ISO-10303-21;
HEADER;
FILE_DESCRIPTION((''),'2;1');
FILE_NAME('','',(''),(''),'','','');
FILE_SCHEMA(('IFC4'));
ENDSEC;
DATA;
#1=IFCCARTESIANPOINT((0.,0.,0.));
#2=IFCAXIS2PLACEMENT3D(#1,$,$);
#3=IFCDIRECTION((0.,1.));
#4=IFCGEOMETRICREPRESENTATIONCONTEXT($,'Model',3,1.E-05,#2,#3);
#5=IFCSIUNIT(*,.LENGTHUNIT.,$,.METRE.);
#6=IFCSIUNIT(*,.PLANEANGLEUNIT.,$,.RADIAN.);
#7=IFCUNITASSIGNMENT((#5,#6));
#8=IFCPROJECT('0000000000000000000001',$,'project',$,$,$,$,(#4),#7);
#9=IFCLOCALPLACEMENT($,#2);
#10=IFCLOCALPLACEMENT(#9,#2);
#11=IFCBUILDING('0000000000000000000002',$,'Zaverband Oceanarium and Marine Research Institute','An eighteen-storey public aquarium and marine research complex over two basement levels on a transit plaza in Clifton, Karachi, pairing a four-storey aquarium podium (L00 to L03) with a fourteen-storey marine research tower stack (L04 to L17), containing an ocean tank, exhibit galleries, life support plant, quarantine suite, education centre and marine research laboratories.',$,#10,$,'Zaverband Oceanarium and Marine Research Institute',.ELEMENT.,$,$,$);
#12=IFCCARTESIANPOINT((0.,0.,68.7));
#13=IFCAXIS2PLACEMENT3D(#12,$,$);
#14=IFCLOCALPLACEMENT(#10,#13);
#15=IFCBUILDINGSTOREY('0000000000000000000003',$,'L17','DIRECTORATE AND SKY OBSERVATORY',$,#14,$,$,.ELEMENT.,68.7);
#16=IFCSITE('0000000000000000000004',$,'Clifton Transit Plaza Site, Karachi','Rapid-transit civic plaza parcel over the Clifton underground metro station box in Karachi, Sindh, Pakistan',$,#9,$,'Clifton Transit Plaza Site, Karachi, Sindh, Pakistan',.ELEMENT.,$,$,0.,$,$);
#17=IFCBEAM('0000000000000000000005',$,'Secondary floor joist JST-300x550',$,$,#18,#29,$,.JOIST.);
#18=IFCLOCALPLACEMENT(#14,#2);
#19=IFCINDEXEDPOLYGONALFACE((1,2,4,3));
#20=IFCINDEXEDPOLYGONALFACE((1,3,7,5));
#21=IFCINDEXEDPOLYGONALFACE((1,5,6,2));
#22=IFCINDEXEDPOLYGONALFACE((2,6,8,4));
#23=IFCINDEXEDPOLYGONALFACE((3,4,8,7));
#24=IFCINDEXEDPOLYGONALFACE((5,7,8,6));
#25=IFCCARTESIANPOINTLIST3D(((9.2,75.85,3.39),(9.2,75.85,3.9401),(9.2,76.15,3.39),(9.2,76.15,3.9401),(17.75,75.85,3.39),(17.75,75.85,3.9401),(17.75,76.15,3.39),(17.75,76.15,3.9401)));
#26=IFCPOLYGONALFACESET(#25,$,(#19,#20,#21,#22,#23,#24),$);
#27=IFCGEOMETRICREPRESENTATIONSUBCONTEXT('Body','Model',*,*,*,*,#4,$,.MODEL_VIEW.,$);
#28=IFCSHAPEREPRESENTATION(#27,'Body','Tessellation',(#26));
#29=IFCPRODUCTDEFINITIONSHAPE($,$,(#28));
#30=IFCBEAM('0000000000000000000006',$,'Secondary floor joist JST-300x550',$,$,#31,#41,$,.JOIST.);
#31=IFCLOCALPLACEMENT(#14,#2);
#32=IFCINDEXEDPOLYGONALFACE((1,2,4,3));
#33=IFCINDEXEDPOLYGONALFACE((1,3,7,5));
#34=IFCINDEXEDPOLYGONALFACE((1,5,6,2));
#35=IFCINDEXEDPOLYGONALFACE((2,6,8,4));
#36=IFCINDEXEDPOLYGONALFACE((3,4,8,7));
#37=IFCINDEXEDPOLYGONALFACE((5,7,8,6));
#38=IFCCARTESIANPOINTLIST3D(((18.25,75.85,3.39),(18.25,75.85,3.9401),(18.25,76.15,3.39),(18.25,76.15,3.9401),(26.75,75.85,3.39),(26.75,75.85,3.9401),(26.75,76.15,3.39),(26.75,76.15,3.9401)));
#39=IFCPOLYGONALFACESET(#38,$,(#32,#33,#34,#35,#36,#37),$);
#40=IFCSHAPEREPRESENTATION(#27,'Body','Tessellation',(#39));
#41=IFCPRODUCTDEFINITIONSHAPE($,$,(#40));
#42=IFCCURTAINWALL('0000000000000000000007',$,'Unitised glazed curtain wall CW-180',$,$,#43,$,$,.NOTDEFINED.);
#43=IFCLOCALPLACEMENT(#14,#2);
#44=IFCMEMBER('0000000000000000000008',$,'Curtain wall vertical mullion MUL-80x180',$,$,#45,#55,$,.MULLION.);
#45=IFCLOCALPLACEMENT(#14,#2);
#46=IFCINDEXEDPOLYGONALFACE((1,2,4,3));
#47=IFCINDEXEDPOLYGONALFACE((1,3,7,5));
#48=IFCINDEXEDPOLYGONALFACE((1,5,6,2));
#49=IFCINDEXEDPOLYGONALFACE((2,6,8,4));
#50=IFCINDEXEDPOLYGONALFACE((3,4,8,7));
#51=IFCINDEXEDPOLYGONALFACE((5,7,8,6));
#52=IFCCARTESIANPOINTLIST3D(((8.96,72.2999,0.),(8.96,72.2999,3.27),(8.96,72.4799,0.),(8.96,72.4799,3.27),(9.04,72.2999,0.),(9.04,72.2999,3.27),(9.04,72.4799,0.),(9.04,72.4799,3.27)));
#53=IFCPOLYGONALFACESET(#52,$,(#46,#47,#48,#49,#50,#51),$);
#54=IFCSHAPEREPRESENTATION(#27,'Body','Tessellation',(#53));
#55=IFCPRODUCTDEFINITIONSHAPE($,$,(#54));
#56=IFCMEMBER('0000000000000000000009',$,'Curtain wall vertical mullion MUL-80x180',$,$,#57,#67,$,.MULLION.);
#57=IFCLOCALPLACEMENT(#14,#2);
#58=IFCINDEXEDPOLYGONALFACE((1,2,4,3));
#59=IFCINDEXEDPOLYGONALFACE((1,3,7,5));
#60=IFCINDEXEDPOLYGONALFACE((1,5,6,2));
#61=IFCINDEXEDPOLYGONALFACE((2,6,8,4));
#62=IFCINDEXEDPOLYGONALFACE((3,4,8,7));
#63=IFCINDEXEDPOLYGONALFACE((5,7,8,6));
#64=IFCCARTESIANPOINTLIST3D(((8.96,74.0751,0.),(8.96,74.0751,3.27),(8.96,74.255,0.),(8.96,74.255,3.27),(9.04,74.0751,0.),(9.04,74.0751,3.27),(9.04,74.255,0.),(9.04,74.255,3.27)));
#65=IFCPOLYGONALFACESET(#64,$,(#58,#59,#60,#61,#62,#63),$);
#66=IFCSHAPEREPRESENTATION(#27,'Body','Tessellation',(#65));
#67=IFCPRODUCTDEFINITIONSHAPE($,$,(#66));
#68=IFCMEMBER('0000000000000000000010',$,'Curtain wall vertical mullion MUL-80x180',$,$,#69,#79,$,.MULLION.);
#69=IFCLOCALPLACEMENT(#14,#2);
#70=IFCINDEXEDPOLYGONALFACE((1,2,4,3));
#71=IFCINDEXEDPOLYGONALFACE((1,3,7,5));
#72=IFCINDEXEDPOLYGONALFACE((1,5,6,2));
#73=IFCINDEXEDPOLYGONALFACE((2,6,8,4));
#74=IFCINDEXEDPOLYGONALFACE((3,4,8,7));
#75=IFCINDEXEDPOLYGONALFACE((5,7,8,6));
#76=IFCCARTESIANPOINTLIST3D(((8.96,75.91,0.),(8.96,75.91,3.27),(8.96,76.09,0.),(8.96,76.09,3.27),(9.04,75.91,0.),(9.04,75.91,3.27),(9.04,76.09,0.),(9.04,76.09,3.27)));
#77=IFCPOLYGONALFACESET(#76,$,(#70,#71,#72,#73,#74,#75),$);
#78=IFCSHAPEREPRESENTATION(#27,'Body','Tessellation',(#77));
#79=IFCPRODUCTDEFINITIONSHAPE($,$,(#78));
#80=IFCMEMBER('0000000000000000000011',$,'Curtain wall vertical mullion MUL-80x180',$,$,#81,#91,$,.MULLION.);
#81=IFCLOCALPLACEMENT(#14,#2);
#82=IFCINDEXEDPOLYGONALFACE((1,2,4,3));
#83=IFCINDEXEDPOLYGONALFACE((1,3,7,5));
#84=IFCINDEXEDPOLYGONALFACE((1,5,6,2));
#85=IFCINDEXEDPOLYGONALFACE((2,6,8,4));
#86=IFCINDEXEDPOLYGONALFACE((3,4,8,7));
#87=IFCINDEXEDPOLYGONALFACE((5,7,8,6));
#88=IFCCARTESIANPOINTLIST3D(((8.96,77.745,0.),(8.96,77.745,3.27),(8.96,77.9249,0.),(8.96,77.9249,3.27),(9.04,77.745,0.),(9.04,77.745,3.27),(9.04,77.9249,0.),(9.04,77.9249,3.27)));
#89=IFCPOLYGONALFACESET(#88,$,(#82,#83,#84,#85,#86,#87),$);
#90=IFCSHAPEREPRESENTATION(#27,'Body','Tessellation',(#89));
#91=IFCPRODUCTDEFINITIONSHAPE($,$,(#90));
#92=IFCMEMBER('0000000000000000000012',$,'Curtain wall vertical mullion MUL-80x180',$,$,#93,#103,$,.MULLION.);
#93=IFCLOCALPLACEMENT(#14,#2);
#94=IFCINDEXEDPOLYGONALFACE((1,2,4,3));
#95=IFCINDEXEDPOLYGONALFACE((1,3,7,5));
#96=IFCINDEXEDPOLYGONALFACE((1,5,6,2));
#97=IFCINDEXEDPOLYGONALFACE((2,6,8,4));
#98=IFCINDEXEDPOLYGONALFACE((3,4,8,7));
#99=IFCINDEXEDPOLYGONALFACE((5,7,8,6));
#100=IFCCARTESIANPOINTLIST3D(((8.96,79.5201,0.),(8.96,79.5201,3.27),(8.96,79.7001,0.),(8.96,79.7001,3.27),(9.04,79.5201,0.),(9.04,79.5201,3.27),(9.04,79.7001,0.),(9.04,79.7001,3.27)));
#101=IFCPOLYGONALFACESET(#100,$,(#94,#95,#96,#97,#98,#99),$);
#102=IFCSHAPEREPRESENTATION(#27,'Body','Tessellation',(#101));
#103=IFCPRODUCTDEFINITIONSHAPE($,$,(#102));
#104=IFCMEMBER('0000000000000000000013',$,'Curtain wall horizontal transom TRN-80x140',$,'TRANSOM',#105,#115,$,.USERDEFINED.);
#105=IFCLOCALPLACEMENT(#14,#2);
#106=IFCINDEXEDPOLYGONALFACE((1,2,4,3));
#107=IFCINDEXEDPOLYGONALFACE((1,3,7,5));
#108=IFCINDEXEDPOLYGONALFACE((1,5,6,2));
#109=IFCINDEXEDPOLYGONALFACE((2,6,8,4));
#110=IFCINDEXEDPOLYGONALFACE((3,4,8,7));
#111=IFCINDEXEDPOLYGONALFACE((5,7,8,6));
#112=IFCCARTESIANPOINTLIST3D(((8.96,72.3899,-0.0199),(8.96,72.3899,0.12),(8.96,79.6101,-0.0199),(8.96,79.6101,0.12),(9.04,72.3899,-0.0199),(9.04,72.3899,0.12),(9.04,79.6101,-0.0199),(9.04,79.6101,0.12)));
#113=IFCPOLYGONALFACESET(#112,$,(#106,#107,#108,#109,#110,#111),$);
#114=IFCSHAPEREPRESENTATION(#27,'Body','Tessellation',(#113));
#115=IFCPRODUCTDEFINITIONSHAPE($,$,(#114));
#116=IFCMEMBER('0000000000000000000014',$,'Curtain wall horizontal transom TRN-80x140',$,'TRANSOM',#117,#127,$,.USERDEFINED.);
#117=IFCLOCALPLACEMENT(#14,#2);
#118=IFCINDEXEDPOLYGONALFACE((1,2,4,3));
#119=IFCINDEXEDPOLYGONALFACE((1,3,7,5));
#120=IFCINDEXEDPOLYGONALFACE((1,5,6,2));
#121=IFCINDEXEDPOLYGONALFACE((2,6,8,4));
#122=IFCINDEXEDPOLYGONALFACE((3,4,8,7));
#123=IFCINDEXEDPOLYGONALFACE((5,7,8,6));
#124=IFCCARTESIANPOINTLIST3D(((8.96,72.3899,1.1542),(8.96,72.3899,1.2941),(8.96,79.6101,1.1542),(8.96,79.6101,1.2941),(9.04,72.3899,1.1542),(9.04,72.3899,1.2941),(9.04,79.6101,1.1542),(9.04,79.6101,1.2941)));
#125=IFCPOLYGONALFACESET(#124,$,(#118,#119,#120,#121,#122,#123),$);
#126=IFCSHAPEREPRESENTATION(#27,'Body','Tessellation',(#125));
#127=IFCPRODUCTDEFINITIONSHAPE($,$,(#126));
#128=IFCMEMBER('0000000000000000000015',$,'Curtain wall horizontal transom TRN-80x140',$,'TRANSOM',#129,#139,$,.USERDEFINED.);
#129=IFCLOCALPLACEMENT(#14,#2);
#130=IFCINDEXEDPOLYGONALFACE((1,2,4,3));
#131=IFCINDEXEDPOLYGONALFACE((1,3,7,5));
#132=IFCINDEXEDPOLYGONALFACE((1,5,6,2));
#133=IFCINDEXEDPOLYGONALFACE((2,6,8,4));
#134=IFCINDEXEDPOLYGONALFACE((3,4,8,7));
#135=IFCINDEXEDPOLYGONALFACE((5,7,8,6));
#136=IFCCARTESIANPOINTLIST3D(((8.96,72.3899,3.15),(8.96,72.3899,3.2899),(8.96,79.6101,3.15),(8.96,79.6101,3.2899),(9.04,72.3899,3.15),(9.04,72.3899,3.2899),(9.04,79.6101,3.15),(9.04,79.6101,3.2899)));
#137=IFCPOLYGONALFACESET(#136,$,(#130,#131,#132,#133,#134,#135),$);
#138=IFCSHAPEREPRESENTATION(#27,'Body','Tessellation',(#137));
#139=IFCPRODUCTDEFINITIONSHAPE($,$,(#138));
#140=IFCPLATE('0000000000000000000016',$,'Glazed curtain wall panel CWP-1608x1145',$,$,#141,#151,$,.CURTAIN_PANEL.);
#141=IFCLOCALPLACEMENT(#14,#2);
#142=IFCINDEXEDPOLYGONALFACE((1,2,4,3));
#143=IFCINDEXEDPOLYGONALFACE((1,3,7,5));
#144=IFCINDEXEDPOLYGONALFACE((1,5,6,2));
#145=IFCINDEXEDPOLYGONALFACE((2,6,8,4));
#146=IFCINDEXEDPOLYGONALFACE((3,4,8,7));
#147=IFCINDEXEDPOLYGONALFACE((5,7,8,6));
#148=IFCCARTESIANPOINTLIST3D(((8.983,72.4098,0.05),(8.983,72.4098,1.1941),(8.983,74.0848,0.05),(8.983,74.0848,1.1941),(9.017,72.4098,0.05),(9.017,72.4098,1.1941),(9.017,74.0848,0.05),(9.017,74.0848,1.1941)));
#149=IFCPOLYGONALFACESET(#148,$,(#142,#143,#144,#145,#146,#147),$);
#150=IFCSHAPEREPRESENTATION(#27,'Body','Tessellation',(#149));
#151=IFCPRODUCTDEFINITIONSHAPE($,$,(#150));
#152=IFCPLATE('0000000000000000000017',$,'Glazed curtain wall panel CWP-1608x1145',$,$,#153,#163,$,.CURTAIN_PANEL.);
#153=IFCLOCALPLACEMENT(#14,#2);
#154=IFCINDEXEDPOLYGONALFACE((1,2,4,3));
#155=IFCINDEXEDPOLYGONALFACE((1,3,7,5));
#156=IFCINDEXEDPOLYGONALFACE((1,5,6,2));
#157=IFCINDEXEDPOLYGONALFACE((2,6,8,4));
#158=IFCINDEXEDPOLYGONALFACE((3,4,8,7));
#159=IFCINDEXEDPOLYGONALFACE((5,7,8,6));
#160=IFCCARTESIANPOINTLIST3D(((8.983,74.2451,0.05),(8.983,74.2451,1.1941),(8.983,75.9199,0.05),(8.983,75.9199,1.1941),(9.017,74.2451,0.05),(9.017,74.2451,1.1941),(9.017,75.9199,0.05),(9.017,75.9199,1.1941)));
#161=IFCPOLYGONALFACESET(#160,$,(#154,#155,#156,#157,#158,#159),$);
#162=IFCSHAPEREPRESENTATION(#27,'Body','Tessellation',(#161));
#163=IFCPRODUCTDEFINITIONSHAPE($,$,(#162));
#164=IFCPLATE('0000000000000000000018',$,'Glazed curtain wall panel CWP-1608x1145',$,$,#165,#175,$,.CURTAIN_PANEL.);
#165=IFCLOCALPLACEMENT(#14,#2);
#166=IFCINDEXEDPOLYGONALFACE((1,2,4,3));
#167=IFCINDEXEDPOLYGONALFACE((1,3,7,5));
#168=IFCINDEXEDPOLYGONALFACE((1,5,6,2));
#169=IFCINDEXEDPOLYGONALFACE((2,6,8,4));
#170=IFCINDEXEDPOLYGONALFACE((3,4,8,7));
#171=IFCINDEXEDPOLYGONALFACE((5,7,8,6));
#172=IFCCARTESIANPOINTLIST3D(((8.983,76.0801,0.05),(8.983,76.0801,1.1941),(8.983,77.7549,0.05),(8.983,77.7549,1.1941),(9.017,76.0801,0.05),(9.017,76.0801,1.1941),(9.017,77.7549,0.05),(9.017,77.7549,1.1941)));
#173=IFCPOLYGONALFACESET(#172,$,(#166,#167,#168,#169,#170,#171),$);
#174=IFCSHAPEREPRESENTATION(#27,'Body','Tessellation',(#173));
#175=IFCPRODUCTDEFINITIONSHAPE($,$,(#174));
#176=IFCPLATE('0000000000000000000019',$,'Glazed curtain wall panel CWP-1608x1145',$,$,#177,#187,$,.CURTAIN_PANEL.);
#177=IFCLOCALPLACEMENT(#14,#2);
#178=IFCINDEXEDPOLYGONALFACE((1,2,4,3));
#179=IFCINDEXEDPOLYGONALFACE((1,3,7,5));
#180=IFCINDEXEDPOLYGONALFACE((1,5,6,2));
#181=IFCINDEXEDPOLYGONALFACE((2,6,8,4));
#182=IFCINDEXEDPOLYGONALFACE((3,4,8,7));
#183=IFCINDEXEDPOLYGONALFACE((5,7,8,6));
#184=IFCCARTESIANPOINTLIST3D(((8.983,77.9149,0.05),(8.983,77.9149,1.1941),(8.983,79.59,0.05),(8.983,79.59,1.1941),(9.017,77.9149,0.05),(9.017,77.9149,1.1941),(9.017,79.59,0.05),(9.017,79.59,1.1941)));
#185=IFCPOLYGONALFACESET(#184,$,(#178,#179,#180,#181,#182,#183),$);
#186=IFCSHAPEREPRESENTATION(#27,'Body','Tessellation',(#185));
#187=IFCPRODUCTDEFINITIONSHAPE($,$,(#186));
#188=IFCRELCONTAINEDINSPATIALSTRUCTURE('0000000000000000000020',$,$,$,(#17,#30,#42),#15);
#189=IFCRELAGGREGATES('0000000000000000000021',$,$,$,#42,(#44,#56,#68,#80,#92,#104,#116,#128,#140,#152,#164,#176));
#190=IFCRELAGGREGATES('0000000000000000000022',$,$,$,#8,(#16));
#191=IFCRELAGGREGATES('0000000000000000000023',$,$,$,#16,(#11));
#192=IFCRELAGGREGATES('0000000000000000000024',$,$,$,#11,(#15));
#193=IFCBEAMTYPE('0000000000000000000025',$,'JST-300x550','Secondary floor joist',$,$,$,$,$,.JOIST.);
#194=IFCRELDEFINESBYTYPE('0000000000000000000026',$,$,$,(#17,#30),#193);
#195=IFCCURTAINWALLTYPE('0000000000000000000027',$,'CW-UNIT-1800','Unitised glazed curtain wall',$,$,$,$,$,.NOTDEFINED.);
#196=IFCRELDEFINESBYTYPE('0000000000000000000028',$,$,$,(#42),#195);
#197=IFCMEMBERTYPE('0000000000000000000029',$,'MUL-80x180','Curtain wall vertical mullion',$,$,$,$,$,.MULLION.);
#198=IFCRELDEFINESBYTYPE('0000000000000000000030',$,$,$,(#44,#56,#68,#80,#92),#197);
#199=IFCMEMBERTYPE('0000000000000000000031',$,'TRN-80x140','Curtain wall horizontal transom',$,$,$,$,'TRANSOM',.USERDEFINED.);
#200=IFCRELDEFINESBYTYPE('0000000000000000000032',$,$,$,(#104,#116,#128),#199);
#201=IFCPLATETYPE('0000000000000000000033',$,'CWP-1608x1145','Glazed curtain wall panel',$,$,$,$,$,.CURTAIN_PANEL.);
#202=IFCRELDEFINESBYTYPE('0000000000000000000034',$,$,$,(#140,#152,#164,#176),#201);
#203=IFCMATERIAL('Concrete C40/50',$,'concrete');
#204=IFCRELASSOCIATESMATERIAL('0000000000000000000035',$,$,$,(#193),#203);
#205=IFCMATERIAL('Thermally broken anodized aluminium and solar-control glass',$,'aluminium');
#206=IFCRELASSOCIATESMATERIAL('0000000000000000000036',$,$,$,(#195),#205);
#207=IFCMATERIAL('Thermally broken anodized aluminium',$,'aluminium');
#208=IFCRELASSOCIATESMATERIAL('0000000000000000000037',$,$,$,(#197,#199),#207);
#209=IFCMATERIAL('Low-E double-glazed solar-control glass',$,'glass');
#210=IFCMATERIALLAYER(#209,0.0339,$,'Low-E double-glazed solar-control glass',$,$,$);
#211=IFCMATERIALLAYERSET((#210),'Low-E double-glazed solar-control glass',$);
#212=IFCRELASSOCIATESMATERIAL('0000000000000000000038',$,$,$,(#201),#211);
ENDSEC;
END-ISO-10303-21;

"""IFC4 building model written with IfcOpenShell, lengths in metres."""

from ifc_helpers import new_model, si_unit, direction, frame, frame_2d, origin, origin_2d, place, context, subcontext, project, spatial, rectangle, extrude, material, layer, layer_set, material_profile, profile_set, type_object, element, aggregate, save


model = new_model("IFC4")

# Units and contexts
model_context = context("Model", 3, precision=1e-05, world=origin(), true_north=direction((0.0, 1.0)))
body_context = subcontext(model_context, "Body", "Model", "MODEL_VIEW")
ifc_project = project(units=[si_unit("LENGTHUNIT", "METRE"), si_unit("PLANEANGLEUNIT", "RADIAN")], contexts=[model_context])

# Site, building, storey
site_placement = place(None, origin())
site = spatial("IfcSite", under=ifc_project, at=site_placement, Name="Clifton Transit Plaza Site, Karachi", Description="Rapid-transit civic plaza parcel over the Clifton underground metro station box in Karachi, Sindh, Pakistan", LongName="Clifton Transit Plaza Site, Karachi, Sindh, Pakistan", CompositionType="ELEMENT", RefElevation=0.0)
building_placement = place(site_placement, origin())
building = spatial("IfcBuilding", under=site, at=building_placement, Name="Zaverband Oceanarium and Marine Research Institute", Description="An eighteen-storey public aquarium and marine research complex over two basement levels on a transit plaza in Clifton, Karachi, pairing a four-storey aquarium podium (L00 to L03) with a fourteen-storey marine research tower stack (L04 to L17), containing an ocean tank, exhibit galleries, life support plant, quarantine suite, education centre and marine research laboratories.", LongName="Zaverband Oceanarium and Marine Research Institute", CompositionType="ELEMENT")
storey_placement = place(building_placement, frame((0.0, 0.0, 68.7)))
storey = spatial("IfcBuildingStorey", under=building, at=storey_placement, Name="L17", Description="DIRECTORATE AND SKY OBSERVATORY", CompositionType="ELEMENT", Elevation=68.7)

# Beams
ifc_material_1 = material(Name="Concrete C40/50", Category="concrete")
ifc_material_profile_1 = material_profile(ifc_material_1, rectangle(XDim=0.3, YDim=0.55, at=origin_2d()), Name="RC300x550")
ifc_profile_set_1 = profile_set([ifc_material_profile_1], Name="Concrete C40/50")
beam_type = type_object("IfcBeamType", Name="JST-300x550", Description="Secondary floor joist", PredefinedType="JOIST", material=ifc_profile_set_1)
beam_1_placement = place(storey_placement, frame((9.2, 76.0, 3.665), z_axis=(1.0, 0.0, 0.0), x_axis=(0.0, 1.0, 0.0)))
element("IfcBeam", 1, at=beam_1_placement, inside=storey, type_object=beam_type, Name="Secondary floor joist JST-300x550", PredefinedType="JOIST", context=body_context, shape_type="SweptSolid", body=[
    extrude(rectangle(XDim=0.3, YDim=0.55, at=origin_2d()), origin(), (0.0, 0.0, 1.0), 8.55),
])
beam_2_placement = place(storey_placement, frame((18.25, 76.0, 3.665), z_axis=(1.0, 0.0, 0.0), x_axis=(0.0, 1.0, 0.0)))
element("IfcBeam", 2, at=beam_2_placement, inside=storey, type_object=beam_type, Name="Secondary floor joist JST-300x550", PredefinedType="JOIST", context=body_context, shape_type="SweptSolid", body=[
    extrude(rectangle(XDim=0.3, YDim=0.55, at=origin_2d()), origin(), (0.0, 0.0, 1.0), 8.5),
])

# Curtain wall, members, plates
ifc_material_2 = material(Name="Thermally broken anodized aluminium and solar-control glass", Category="aluminium")
curtain_wall_type = type_object("IfcCurtainWallType", Name="CW-UNIT-1800", Description="Unitised glazed curtain wall", PredefinedType="NOTDEFINED", material=ifc_material_2)
curtain_wall_placement = place(storey_placement, origin())
curtain_wall = element("IfcCurtainWall", 3, at=curtain_wall_placement, inside=storey, type_object=curtain_wall_type, Name="Unitised glazed curtain wall CW-180", PredefinedType="NOTDEFINED")
ifc_material_3 = material(Name="Thermally broken anodized aluminium", Category="aluminium")
ifc_material_profile_2 = material_profile(ifc_material_3, rectangle(XDim=0.0801, YDim=0.1799, at=origin_2d()), Name="AL-MUL-80x180")
ifc_profile_set_2 = profile_set([ifc_material_profile_2], Name="Thermally broken anodized aluminium")
member_type_1 = type_object("IfcMemberType", Name="MUL-80x180", Description="Curtain wall vertical mullion", PredefinedType="MULLION", material=ifc_profile_set_2)
member_1_placement = place(storey_placement, frame((9.0, 72.3899, 0.0), z_axis=(0.0, 0.0, 1.0), x_axis=(1.0, 0.0, 0.0)))
member_1 = element("IfcMember", 4, at=member_1_placement, type_object=member_type_1, Name="Curtain wall vertical mullion MUL-80x180", PredefinedType="MULLION", context=body_context, shape_type="SweptSolid", body=[
    extrude(rectangle(XDim=0.0801, YDim=0.1799, at=origin_2d()), origin(), (0.0, 0.0, 1.0), 3.27),
])
member_2_placement = place(storey_placement, frame((9.0, 74.165, 0.0), z_axis=(0.0, 0.0, 1.0), x_axis=(1.0, 0.0, 0.0)))
member_2 = element("IfcMember", 5, at=member_2_placement, type_object=member_type_1, Name="Curtain wall vertical mullion MUL-80x180", PredefinedType="MULLION", context=body_context, shape_type="SweptSolid", body=[
    extrude(rectangle(XDim=0.0801, YDim=0.1799, at=origin_2d()), origin(), (0.0, 0.0, 1.0), 3.27),
])
member_3_placement = place(storey_placement, frame((9.0, 76.0, 0.0), z_axis=(0.0, 0.0, 1.0), x_axis=(1.0, 0.0, 0.0)))
member_3 = element("IfcMember", 6, at=member_3_placement, type_object=member_type_1, Name="Curtain wall vertical mullion MUL-80x180", PredefinedType="MULLION", context=body_context, shape_type="SweptSolid", body=[
    extrude(rectangle(XDim=0.0801, YDim=0.1799, at=origin_2d()), origin(), (0.0, 0.0, 1.0), 3.27),
])
member_4_placement = place(storey_placement, frame((9.0, 77.835, 0.0), z_axis=(0.0, 0.0, 1.0), x_axis=(1.0, 0.0, 0.0)))
member_4 = element("IfcMember", 7, at=member_4_placement, type_object=member_type_1, Name="Curtain wall vertical mullion MUL-80x180", PredefinedType="MULLION", context=body_context, shape_type="SweptSolid", body=[
    extrude(rectangle(XDim=0.0801, YDim=0.1799, at=origin_2d()), origin(), (0.0, 0.0, 1.0), 3.27),
])
member_5_placement = place(storey_placement, frame((9.0, 79.6101, 0.0), z_axis=(0.0, 0.0, 1.0), x_axis=(1.0, 0.0, 0.0)))
member_5 = element("IfcMember", 8, at=member_5_placement, type_object=member_type_1, Name="Curtain wall vertical mullion MUL-80x180", PredefinedType="MULLION", context=body_context, shape_type="SweptSolid", body=[
    extrude(rectangle(XDim=0.0801, YDim=0.1799, at=origin_2d()), origin(), (0.0, 0.0, 1.0), 3.27),
])
ifc_material_profile_3 = material_profile(ifc_material_3, rectangle(XDim=0.0801, YDim=0.1399, at=origin_2d()), Name="AL-TRN-80x140")
ifc_profile_set_3 = profile_set([ifc_material_profile_3], Name="Thermally broken anodized aluminium")
member_type_2 = type_object("IfcMemberType", Name="TRN-80x140", Description="Curtain wall horizontal transom", ElementType="TRANSOM", PredefinedType="USERDEFINED", material=ifc_profile_set_3)
member_6_placement = place(storey_placement, frame((9.0, 72.3899, 0.05), z_axis=(0.0, 1.0, 0.0), x_axis=(-1.0, 0.0, 0.0)))
member_6 = element("IfcMember", 9, at=member_6_placement, type_object=member_type_2, Name="Curtain wall horizontal transom TRN-80x140", ObjectType="TRANSOM", PredefinedType="USERDEFINED", context=body_context, shape_type="SweptSolid", body=[
    extrude(rectangle(XDim=0.0801, YDim=0.1399, at=origin_2d()), origin(), (0.0, 0.0, 1.0), 7.2202),
])
member_7_placement = place(storey_placement, frame((9.0, 72.3899, 1.2241), z_axis=(0.0, 1.0, 0.0), x_axis=(-1.0, 0.0, 0.0)))
member_7 = element("IfcMember", 10, at=member_7_placement, type_object=member_type_2, Name="Curtain wall horizontal transom TRN-80x140", ObjectType="TRANSOM", PredefinedType="USERDEFINED", context=body_context, shape_type="SweptSolid", body=[
    extrude(rectangle(XDim=0.0801, YDim=0.1399, at=origin_2d()), origin(), (0.0, 0.0, 1.0), 7.2202),
])
member_8_placement = place(storey_placement, frame((9.0, 72.3899, 3.22), z_axis=(0.0, 1.0, 0.0), x_axis=(-1.0, 0.0, 0.0)))
member_8 = element("IfcMember", 11, at=member_8_placement, type_object=member_type_2, Name="Curtain wall horizontal transom TRN-80x140", ObjectType="TRANSOM", PredefinedType="USERDEFINED", context=body_context, shape_type="SweptSolid", body=[
    extrude(rectangle(XDim=0.0801, YDim=0.1399, at=origin_2d()), origin(), (0.0, 0.0, 1.0), 7.2202),
])
ifc_material_4 = material(Name="Low-E double-glazed solar-control glass", Category="glass")
ifc_layer_1 = layer(ifc_material_4, 0.0339, Name="Low-E double-glazed solar-control glass")
ifc_layer_set_1 = layer_set([ifc_layer_1], Name="Low-E double-glazed solar-control glass")
plate_type_1 = type_object("IfcPlateType", Name="CWP-1608x1145", Description="Glazed curtain wall panel", PredefinedType="CURTAIN_PANEL", material=ifc_layer_set_1)
plate_1_placement = place(storey_placement, frame((9.0, 72.4099, 0.05), z_axis=(0.0, 0.0, 1.0), x_axis=(0.0, 1.0, 0.0)))
plate_1 = element("IfcPlate", 12, at=plate_1_placement, type_object=plate_type_1, Name="Glazed curtain wall panel CWP-1608x1145", PredefinedType="CURTAIN_PANEL", context=body_context, shape_type="SweptSolid", body=[
    extrude(rectangle(XDim=1.675, YDim=0.0339, at=frame_2d((0.8374, 0.0))), origin(), (0.0, 0.0, 1.0), 1.144),
])
plate_2_placement = place(storey_placement, frame((9.0, 74.2451, 0.05), z_axis=(0.0, 0.0, 1.0), x_axis=(0.0, 1.0, 0.0)))
plate_2 = element("IfcPlate", 13, at=plate_2_placement, type_object=plate_type_1, Name="Glazed curtain wall panel CWP-1608x1145", PredefinedType="CURTAIN_PANEL", context=body_context, shape_type="SweptSolid", body=[
    extrude(rectangle(XDim=1.6748, YDim=0.0339, at=frame_2d((0.8374, 0.0))), origin(), (0.0, 0.0, 1.0), 1.144),
])
plate_3_placement = place(storey_placement, frame((9.0, 76.0801, 0.05), z_axis=(0.0, 0.0, 1.0), x_axis=(0.0, 1.0, 0.0)))
plate_3 = element("IfcPlate", 14, at=plate_3_placement, type_object=plate_type_1, Name="Glazed curtain wall panel CWP-1608x1145", PredefinedType="CURTAIN_PANEL", context=body_context, shape_type="SweptSolid", body=[
    extrude(rectangle(XDim=1.6748, YDim=0.0339, at=frame_2d((0.8374, 0.0))), origin(), (0.0, 0.0, 1.0), 1.144),
])
plate_4_placement = place(storey_placement, frame((9.0, 77.915, 0.05), z_axis=(0.0, 0.0, 1.0), x_axis=(0.0, 1.0, 0.0)))
plate_4 = element("IfcPlate", 15, at=plate_4_placement, type_object=plate_type_1, Name="Glazed curtain wall panel CWP-1608x1145", PredefinedType="CURTAIN_PANEL", context=body_context, shape_type="SweptSolid", body=[
    extrude(rectangle(XDim=1.675, YDim=0.0339, at=frame_2d((0.8374, 0.0))), origin(), (0.0, 0.0, 1.0), 1.144),
])
aggregate(curtain_wall, [member_1, member_2, member_3, member_4, member_5, member_6, member_7, member_8, plate_1, plate_2, plate_3, plate_4])

save(model, "model.ifc")
